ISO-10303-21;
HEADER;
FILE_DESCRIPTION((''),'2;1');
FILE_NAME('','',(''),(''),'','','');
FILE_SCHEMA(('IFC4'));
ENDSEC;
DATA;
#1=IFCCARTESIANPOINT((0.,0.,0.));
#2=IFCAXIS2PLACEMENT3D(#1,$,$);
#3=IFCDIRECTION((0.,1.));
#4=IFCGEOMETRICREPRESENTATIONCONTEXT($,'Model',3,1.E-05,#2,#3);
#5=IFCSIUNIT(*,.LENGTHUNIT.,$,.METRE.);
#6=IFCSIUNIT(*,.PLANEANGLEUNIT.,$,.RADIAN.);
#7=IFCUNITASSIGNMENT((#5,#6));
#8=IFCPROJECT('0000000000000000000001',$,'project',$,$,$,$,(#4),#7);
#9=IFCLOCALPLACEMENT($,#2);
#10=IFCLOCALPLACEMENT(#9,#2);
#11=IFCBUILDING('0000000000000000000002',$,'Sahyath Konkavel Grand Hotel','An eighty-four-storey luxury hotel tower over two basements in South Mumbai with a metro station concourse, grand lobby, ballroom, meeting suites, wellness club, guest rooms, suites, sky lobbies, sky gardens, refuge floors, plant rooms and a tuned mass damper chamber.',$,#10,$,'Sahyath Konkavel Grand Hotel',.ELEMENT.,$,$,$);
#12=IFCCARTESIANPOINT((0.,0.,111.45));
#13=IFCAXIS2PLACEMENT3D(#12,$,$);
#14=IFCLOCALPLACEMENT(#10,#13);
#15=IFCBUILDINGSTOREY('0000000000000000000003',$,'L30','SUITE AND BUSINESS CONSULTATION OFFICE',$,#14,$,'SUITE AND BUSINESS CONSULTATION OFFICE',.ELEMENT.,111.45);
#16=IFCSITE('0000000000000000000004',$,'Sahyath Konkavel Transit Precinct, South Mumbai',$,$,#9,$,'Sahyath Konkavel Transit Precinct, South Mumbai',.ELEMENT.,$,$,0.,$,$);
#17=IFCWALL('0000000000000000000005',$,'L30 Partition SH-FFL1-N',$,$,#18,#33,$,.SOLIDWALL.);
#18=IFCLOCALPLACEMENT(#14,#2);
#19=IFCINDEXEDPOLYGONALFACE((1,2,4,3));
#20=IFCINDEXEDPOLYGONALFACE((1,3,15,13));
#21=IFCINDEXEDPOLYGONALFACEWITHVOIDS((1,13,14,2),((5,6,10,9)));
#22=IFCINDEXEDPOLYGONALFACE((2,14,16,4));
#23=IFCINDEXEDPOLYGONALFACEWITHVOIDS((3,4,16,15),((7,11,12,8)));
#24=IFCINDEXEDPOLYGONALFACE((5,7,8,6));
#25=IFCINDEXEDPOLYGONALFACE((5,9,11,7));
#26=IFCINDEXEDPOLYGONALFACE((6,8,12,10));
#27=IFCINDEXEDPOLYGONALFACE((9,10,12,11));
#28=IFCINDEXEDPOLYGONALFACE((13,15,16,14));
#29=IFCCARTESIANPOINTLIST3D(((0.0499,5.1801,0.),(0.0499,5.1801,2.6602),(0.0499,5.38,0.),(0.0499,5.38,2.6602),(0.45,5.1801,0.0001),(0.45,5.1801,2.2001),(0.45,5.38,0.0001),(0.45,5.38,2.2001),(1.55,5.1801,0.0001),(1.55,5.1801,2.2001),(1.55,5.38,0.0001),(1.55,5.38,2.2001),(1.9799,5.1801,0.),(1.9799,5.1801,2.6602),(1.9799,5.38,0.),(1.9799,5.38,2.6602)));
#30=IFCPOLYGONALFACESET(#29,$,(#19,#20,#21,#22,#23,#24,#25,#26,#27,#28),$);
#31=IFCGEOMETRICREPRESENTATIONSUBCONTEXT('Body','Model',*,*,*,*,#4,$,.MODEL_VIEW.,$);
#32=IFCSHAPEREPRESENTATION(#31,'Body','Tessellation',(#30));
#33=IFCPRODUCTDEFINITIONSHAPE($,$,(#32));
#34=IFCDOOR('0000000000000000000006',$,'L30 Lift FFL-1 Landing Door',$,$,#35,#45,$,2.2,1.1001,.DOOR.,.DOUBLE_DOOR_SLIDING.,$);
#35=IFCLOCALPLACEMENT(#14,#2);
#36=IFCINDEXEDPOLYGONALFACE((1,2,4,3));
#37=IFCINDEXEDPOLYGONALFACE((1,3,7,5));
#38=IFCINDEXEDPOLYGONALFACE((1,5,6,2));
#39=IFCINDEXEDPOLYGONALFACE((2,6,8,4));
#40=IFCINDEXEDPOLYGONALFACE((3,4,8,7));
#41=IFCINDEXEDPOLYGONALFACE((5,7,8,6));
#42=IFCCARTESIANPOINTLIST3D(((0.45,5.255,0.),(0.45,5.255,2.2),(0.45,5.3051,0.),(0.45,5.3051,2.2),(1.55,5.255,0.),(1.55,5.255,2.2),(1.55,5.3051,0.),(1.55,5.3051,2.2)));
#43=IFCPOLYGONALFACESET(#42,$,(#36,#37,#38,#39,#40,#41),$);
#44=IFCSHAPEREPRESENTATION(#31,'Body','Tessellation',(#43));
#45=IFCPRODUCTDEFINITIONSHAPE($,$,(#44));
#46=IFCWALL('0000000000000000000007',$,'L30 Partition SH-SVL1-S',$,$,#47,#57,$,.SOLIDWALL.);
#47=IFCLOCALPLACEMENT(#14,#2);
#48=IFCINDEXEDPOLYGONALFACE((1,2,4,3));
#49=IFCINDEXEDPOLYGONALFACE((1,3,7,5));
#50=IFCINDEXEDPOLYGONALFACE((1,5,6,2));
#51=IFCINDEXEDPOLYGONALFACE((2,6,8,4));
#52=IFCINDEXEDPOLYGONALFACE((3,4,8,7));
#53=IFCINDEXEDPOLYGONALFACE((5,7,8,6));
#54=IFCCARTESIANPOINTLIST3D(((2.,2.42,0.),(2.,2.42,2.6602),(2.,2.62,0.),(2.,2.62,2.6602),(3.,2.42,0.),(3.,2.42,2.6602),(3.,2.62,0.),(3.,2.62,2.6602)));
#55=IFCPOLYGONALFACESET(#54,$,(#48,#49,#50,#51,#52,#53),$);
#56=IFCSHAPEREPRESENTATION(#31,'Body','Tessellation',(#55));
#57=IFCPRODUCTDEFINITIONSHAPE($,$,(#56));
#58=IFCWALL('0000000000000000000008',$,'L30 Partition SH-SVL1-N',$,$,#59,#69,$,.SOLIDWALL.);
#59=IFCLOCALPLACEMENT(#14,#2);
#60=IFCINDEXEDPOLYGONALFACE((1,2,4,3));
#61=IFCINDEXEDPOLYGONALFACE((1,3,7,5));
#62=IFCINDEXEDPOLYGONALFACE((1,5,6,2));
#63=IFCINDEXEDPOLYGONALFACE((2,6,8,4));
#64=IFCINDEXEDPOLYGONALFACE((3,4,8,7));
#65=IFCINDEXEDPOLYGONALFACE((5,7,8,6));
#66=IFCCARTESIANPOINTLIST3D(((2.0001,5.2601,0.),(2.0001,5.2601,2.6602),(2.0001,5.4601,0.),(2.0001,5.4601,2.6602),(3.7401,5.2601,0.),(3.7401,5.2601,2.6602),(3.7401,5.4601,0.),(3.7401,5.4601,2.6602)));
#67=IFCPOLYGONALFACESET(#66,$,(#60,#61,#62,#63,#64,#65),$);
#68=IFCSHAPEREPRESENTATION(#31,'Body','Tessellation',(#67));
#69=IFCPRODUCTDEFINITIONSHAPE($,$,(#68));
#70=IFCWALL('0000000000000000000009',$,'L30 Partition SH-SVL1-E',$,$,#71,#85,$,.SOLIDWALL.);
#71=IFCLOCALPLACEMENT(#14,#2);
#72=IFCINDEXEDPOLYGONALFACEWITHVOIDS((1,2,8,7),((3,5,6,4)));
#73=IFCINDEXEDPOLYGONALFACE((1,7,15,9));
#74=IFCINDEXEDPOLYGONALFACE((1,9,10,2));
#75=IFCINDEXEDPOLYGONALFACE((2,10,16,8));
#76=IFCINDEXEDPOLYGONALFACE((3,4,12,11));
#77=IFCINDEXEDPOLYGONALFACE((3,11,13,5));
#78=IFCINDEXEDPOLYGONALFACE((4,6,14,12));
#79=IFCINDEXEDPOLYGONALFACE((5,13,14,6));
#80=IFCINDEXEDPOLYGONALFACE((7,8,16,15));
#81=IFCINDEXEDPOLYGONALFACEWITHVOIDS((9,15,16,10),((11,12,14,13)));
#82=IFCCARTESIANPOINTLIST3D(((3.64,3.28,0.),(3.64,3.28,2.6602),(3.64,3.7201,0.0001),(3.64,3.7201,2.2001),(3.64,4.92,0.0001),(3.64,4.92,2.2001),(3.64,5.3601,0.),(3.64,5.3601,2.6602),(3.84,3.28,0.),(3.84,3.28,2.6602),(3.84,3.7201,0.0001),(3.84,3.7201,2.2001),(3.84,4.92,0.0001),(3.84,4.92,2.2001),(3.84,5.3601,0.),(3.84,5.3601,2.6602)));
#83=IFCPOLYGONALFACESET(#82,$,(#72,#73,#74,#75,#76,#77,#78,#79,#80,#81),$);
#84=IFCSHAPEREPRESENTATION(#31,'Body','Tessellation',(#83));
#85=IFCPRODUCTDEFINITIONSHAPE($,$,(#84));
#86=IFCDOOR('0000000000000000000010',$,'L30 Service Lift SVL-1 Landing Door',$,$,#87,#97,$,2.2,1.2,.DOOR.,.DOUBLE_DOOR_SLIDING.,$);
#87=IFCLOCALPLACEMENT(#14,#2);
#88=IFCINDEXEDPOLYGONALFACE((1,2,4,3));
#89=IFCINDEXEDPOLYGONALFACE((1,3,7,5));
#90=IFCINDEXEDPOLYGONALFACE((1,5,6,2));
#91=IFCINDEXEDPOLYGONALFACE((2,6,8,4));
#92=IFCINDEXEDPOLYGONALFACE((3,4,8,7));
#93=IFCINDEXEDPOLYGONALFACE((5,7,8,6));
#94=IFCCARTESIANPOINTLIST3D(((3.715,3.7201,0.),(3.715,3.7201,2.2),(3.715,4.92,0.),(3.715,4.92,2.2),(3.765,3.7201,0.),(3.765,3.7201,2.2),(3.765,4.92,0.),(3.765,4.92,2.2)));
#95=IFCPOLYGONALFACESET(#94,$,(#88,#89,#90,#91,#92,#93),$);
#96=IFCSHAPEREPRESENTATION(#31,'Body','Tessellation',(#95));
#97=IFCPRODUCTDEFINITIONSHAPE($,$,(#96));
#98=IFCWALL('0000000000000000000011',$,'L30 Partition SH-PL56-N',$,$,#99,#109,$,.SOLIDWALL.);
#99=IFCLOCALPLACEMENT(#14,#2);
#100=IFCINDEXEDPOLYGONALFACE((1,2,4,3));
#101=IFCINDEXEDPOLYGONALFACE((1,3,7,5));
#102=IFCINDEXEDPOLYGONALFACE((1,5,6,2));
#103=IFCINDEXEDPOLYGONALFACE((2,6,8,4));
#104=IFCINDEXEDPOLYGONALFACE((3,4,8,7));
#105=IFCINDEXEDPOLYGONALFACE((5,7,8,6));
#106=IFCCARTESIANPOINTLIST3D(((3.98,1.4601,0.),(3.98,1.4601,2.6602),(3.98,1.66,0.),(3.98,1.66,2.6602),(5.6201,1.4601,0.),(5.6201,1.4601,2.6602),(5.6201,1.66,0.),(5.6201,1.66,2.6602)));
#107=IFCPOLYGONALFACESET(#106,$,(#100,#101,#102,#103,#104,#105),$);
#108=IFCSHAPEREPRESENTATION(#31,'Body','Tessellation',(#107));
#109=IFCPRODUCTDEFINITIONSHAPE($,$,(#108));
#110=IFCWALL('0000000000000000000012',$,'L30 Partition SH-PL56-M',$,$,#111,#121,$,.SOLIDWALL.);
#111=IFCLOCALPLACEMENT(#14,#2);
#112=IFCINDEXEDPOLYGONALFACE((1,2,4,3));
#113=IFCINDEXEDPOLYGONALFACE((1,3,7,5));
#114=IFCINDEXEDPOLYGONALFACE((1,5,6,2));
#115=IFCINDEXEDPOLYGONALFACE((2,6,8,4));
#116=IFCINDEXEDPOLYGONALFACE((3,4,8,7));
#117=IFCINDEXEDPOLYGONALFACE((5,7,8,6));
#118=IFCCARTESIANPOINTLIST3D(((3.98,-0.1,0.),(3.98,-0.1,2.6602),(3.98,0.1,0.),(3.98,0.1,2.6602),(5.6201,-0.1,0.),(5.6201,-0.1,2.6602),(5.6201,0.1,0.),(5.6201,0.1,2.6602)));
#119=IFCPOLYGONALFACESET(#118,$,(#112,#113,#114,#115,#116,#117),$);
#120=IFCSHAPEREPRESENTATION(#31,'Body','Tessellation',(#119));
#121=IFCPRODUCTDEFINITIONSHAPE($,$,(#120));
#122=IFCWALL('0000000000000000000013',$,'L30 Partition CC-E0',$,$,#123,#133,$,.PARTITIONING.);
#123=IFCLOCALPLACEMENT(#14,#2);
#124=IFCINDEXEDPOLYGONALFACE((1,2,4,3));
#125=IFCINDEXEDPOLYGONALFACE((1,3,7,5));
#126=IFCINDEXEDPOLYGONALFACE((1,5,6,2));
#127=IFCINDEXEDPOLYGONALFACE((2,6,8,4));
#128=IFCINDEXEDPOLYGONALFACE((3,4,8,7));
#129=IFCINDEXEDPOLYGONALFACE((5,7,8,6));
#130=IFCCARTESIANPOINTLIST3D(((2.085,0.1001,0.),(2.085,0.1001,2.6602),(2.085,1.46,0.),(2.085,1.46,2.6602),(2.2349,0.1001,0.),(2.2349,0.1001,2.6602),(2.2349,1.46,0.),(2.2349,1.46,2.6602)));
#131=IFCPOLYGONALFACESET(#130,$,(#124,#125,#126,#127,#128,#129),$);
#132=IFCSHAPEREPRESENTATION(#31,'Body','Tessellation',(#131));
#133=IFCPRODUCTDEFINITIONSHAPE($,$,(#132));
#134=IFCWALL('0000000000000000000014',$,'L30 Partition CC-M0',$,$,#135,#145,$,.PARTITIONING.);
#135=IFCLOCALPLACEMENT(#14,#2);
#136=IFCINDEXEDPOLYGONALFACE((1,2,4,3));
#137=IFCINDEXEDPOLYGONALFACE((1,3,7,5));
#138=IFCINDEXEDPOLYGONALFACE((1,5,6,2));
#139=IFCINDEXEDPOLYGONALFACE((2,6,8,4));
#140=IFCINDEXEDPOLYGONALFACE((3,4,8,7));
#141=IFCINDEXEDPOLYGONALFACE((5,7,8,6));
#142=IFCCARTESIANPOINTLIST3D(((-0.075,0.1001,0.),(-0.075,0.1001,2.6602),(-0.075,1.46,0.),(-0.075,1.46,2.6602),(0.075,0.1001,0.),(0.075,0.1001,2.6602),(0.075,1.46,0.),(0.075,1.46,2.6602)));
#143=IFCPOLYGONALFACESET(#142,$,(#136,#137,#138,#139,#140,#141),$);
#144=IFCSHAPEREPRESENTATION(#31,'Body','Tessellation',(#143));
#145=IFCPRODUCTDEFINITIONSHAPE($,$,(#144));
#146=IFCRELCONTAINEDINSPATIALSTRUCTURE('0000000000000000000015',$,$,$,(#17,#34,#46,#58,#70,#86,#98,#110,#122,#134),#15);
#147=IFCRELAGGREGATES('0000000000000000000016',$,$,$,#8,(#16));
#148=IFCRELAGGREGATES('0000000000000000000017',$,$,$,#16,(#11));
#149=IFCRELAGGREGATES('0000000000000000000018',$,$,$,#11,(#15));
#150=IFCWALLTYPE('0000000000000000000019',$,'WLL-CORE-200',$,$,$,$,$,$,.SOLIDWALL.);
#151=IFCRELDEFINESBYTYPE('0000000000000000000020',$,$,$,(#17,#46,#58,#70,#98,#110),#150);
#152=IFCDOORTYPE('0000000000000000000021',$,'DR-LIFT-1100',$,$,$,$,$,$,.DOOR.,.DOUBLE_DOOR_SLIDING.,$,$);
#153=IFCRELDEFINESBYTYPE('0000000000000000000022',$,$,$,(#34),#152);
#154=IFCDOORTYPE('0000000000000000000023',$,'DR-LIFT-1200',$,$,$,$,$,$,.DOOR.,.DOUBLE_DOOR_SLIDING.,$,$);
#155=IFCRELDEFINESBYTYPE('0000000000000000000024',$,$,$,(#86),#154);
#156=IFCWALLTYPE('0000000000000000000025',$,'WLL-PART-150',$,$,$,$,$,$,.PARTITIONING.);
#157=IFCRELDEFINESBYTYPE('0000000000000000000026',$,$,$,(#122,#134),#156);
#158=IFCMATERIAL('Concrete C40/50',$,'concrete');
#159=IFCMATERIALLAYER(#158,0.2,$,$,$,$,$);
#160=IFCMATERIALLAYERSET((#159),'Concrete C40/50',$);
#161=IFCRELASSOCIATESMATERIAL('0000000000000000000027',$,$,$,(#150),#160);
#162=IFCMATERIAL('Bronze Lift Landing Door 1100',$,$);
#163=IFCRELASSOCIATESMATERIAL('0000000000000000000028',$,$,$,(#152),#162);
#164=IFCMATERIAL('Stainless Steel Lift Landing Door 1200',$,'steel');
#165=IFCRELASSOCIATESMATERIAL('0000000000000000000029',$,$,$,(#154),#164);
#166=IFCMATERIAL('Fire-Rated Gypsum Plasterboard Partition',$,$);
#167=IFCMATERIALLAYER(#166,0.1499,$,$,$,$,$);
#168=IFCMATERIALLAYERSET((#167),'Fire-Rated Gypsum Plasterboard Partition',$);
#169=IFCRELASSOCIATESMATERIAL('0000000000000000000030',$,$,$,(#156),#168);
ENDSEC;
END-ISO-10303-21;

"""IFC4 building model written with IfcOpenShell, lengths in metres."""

from ifc_helpers import new_model, si_unit, direction, frame, frame_2d, origin, origin_2d, place, context, subcontext, project, spatial, rectangle, extrude, source, transform, mapped, material, layer, layer_set, type_object, element, fill, save


model = new_model("IFC4")

# Units and contexts
model_context = context("Model", 3, precision=1e-05, world=origin(), true_north=direction((0.0, 1.0)))
body_context = subcontext(model_context, "Body", "Model", "MODEL_VIEW")
ifc_project = project(units=[si_unit("LENGTHUNIT", "METRE"), si_unit("PLANEANGLEUNIT", "RADIAN")], contexts=[model_context])

# Site, building, storey
site_placement = place(None, origin())
site = spatial("IfcSite", under=ifc_project, at=site_placement, Name="Sahyath Konkavel Transit Precinct, South Mumbai", LongName="Sahyath Konkavel Transit Precinct, South Mumbai", CompositionType="ELEMENT", RefElevation=0.0)
building_placement = place(site_placement, origin())
building = spatial("IfcBuilding", under=site, at=building_placement, Name="Sahyath Konkavel Grand Hotel", Description="An eighty-four-storey luxury hotel tower over two basements in South Mumbai with a metro station concourse, grand lobby, ballroom, meeting suites, wellness club, guest rooms, suites, sky lobbies, sky gardens, refuge floors, plant rooms and a tuned mass damper chamber.", LongName="Sahyath Konkavel Grand Hotel", CompositionType="ELEMENT")
storey_placement = place(building_placement, frame((0.0, 0.0, 111.45)))
storey = spatial("IfcBuildingStorey", under=building, at=storey_placement, Name="L30", Description="SUITE AND BUSINESS CONSULTATION OFFICE", LongName="SUITE AND BUSINESS CONSULTATION OFFICE", CompositionType="ELEMENT", Elevation=111.45)

# Shared definitions
ifc_material_1 = material(Name="Concrete C40/50", Category="concrete")

# Shared definitions
ifc_layer_1 = layer(ifc_material_1, 0.2)
ifc_layer_set_1 = layer_set([ifc_layer_1], Name="Concrete C40/50")
wall_type_1 = type_object("IfcWallType", Name="WLL-CORE-200", PredefinedType="SOLIDWALL", material=ifc_layer_set_1)

# Wall, opening, door
wall_1_placement = place(storey_placement, frame((0.05, 5.28, 0.0), z_axis=(0.0, 0.0, 1.0), x_axis=(1.0, 0.0, 0.0)))
wall_1 = element("IfcWall", 1, at=wall_1_placement, inside=storey, type_object=wall_type_1, Name="L30 Partition SH-FFL1-N", PredefinedType="SOLIDWALL", context=body_context, shape_type="SweptSolid", body=[
    extrude(rectangle(XDim=1.9299, YDim=0.2, at=frame_2d((0.9648, 0.0))), origin(), (0.0, 0.0, 1.0), 2.6602),
])
opening_1_placement = place(wall_1_placement, frame((0.3999, 0.0, 0.0)))
opening_1 = element("IfcOpeningElement", 2, at=opening_1_placement, cuts=wall_1, PredefinedType="OPENING", context=body_context, shape_type="SweptSolid", body=[
    extrude(rectangle(XDim=1.1001, YDim=2.2, at=frame_2d((0.55, 1.1001))), frame((0.0, 0.1099, 0.0), z_axis=(0.0, -1.0, 0.0), x_axis=(1.0, 0.0, 0.0)), (0.0, 0.0, 1.0), 0.22),
])
ifc_material_2 = material(Name="Bronze Lift Landing Door 1100")
door_type_1 = type_object("IfcDoorType", Name="DR-LIFT-1100", OperationType="DOUBLE_DOOR_SLIDING", PredefinedType="DOOR", material=ifc_material_2)
shared_shape_1 = source(origin(), body_context, "Body", "SweptSolid", [
    extrude(rectangle(XDim=1.1001, YDim=0.05, at=origin_2d()), origin(), (0.0, 0.0, 1.0), 2.2),
])
door_1_placement = place(opening_1_placement, frame((0.55, 0.0, 0.0)))
door_1 = element("IfcDoor", 3, at=door_1_placement, inside=storey, type_object=door_type_1, Name="L30 Lift FFL-1 Landing Door", OperationType="DOUBLE_DOOR_SLIDING", OverallHeight=2.2, OverallWidth=1.1001, PredefinedType="DOOR", context=body_context, shape_type="MappedRepresentation", body=[
    mapped(shared_shape_1, transform((0.0, 0.0, 0.0), scale=1.0)),
])
fill(opening_1, door_1)

# Walls
wall_2_placement = place(storey_placement, frame((2.0, 2.52, 0.0), z_axis=(0.0, 0.0, 1.0), x_axis=(1.0, 0.0, 0.0)))
element("IfcWall", 4, at=wall_2_placement, inside=storey, type_object=wall_type_1, Name="L30 Partition SH-SVL1-S", PredefinedType="SOLIDWALL", context=body_context, shape_type="SweptSolid", body=[
    extrude(rectangle(XDim=1.0, YDim=0.2, at=frame_2d((0.5, 0.0))), origin(), (0.0, 0.0, 1.0), 2.6602),
])
wall_3_placement = place(storey_placement, frame((2.0, 5.3601, 0.0), z_axis=(0.0, 0.0, 1.0), x_axis=(1.0, 0.0, 0.0)))
element("IfcWall", 5, at=wall_3_placement, inside=storey, type_object=wall_type_1, Name="L30 Partition SH-SVL1-N", PredefinedType="SOLIDWALL", context=body_context, shape_type="SweptSolid", body=[
    extrude(rectangle(XDim=1.74, YDim=0.2, at=frame_2d((0.8701, 0.0))), origin(), (0.0, 0.0, 1.0), 2.6602),
])

# Wall, opening, door
wall_4_placement = place(storey_placement, frame((3.74, 3.28, 0.0), z_axis=(0.0, 0.0, 1.0), x_axis=(0.0, 1.0, 0.0)))
wall_4 = element("IfcWall", 6, at=wall_4_placement, inside=storey, type_object=wall_type_1, Name="L30 Partition SH-SVL1-E", PredefinedType="SOLIDWALL", context=body_context, shape_type="SweptSolid", body=[
    extrude(rectangle(XDim=2.0801, YDim=0.2, at=frame_2d((1.04, 0.0))), origin(), (0.0, 0.0, 1.0), 2.6602),
])
opening_2_placement = place(wall_4_placement, frame((0.4399, 0.0, 0.0)))
opening_2 = element("IfcOpeningElement", 7, at=opening_2_placement, cuts=wall_4, PredefinedType="OPENING", context=body_context, shape_type="SweptSolid", body=[
    extrude(rectangle(XDim=1.2, YDim=2.2, at=frame_2d((0.6001, 1.1001))), frame((0.0, 0.1099, 0.0), z_axis=(0.0, -1.0, 0.0), x_axis=(1.0, 0.0, 0.0)), (0.0, 0.0, 1.0), 0.22),
])
ifc_material_3 = material(Name="Stainless Steel Lift Landing Door 1200", Category="steel")
door_type_2 = type_object("IfcDoorType", Name="DR-LIFT-1200", OperationType="DOUBLE_DOOR_SLIDING", PredefinedType="DOOR", material=ifc_material_3)
shared_shape_2 = source(origin(), body_context, "Body", "SweptSolid", [
    extrude(rectangle(XDim=1.2, YDim=0.05, at=origin_2d()), origin(), (0.0, 0.0, 1.0), 2.2),
])
door_2_placement = place(opening_2_placement, frame((0.6001, 0.0, 0.0)))
door_2 = element("IfcDoor", 8, at=door_2_placement, inside=storey, type_object=door_type_2, Name="L30 Service Lift SVL-1 Landing Door", OperationType="DOUBLE_DOOR_SLIDING", OverallHeight=2.2, OverallWidth=1.2, PredefinedType="DOOR", context=body_context, shape_type="MappedRepresentation", body=[
    mapped(shared_shape_2, transform((0.0, 0.0, 0.0), scale=1.0)),
])
fill(opening_2, door_2)

# Walls
for number, where, z_axis, x_axis, name in (
    (9, (3.98, 1.5601, 0.0), (0.0, 0.0, 1.0), (1.0, 0.0, 0.0), "L30 Partition SH-PL56-N"),
    (10, (3.98, 0.0, 0.0), (0.0, 0.0, 1.0), (1.0, 0.0, 0.0), "L30 Partition SH-PL56-M"),
):
    element("IfcWall", number, at=place(storey_placement, frame(where, z_axis=z_axis, x_axis=x_axis)), inside=storey, type_object=wall_type_1, Name=name, PredefinedType="SOLIDWALL", context=body_context, shape_type="SweptSolid", body=[
        extrude(rectangle(XDim=1.6401, YDim=0.2, at=frame_2d((0.8201, 0.0))), origin(), (0.0, 0.0, 1.0), 2.6602),
    ])

# Walls
ifc_material_4 = material(Name="Fire-Rated Gypsum Plasterboard Partition")
ifc_layer_2 = layer(ifc_material_4, 0.1499)
ifc_layer_set_2 = layer_set([ifc_layer_2], Name="Fire-Rated Gypsum Plasterboard Partition")
wall_type_2 = type_object("IfcWallType", Name="WLL-PART-150", PredefinedType="PARTITIONING", material=ifc_layer_set_2)
for number, where, z_axis, x_axis, name in (
    (11, (2.1599, 0.1001, 0.0), (0.0, 0.0, 1.0), (0.0, 1.0, 0.0), "L30 Partition CC-E0"),
    (12, (0.0, 0.1001, 0.0), (0.0, 0.0, 1.0), (0.0, 1.0, 0.0), "L30 Partition CC-M0"),
):
    element("IfcWall", number, at=place(storey_placement, frame(where, z_axis=z_axis, x_axis=x_axis)), inside=storey, type_object=wall_type_2, Name=name, PredefinedType="PARTITIONING", context=body_context, shape_type="SweptSolid", body=[
        extrude(rectangle(XDim=1.3599, YDim=0.1499, at=frame_2d((0.6799, 0.0))), origin(), (0.0, 0.0, 1.0), 2.6602),
    ])

save(model, "model.ifc")
